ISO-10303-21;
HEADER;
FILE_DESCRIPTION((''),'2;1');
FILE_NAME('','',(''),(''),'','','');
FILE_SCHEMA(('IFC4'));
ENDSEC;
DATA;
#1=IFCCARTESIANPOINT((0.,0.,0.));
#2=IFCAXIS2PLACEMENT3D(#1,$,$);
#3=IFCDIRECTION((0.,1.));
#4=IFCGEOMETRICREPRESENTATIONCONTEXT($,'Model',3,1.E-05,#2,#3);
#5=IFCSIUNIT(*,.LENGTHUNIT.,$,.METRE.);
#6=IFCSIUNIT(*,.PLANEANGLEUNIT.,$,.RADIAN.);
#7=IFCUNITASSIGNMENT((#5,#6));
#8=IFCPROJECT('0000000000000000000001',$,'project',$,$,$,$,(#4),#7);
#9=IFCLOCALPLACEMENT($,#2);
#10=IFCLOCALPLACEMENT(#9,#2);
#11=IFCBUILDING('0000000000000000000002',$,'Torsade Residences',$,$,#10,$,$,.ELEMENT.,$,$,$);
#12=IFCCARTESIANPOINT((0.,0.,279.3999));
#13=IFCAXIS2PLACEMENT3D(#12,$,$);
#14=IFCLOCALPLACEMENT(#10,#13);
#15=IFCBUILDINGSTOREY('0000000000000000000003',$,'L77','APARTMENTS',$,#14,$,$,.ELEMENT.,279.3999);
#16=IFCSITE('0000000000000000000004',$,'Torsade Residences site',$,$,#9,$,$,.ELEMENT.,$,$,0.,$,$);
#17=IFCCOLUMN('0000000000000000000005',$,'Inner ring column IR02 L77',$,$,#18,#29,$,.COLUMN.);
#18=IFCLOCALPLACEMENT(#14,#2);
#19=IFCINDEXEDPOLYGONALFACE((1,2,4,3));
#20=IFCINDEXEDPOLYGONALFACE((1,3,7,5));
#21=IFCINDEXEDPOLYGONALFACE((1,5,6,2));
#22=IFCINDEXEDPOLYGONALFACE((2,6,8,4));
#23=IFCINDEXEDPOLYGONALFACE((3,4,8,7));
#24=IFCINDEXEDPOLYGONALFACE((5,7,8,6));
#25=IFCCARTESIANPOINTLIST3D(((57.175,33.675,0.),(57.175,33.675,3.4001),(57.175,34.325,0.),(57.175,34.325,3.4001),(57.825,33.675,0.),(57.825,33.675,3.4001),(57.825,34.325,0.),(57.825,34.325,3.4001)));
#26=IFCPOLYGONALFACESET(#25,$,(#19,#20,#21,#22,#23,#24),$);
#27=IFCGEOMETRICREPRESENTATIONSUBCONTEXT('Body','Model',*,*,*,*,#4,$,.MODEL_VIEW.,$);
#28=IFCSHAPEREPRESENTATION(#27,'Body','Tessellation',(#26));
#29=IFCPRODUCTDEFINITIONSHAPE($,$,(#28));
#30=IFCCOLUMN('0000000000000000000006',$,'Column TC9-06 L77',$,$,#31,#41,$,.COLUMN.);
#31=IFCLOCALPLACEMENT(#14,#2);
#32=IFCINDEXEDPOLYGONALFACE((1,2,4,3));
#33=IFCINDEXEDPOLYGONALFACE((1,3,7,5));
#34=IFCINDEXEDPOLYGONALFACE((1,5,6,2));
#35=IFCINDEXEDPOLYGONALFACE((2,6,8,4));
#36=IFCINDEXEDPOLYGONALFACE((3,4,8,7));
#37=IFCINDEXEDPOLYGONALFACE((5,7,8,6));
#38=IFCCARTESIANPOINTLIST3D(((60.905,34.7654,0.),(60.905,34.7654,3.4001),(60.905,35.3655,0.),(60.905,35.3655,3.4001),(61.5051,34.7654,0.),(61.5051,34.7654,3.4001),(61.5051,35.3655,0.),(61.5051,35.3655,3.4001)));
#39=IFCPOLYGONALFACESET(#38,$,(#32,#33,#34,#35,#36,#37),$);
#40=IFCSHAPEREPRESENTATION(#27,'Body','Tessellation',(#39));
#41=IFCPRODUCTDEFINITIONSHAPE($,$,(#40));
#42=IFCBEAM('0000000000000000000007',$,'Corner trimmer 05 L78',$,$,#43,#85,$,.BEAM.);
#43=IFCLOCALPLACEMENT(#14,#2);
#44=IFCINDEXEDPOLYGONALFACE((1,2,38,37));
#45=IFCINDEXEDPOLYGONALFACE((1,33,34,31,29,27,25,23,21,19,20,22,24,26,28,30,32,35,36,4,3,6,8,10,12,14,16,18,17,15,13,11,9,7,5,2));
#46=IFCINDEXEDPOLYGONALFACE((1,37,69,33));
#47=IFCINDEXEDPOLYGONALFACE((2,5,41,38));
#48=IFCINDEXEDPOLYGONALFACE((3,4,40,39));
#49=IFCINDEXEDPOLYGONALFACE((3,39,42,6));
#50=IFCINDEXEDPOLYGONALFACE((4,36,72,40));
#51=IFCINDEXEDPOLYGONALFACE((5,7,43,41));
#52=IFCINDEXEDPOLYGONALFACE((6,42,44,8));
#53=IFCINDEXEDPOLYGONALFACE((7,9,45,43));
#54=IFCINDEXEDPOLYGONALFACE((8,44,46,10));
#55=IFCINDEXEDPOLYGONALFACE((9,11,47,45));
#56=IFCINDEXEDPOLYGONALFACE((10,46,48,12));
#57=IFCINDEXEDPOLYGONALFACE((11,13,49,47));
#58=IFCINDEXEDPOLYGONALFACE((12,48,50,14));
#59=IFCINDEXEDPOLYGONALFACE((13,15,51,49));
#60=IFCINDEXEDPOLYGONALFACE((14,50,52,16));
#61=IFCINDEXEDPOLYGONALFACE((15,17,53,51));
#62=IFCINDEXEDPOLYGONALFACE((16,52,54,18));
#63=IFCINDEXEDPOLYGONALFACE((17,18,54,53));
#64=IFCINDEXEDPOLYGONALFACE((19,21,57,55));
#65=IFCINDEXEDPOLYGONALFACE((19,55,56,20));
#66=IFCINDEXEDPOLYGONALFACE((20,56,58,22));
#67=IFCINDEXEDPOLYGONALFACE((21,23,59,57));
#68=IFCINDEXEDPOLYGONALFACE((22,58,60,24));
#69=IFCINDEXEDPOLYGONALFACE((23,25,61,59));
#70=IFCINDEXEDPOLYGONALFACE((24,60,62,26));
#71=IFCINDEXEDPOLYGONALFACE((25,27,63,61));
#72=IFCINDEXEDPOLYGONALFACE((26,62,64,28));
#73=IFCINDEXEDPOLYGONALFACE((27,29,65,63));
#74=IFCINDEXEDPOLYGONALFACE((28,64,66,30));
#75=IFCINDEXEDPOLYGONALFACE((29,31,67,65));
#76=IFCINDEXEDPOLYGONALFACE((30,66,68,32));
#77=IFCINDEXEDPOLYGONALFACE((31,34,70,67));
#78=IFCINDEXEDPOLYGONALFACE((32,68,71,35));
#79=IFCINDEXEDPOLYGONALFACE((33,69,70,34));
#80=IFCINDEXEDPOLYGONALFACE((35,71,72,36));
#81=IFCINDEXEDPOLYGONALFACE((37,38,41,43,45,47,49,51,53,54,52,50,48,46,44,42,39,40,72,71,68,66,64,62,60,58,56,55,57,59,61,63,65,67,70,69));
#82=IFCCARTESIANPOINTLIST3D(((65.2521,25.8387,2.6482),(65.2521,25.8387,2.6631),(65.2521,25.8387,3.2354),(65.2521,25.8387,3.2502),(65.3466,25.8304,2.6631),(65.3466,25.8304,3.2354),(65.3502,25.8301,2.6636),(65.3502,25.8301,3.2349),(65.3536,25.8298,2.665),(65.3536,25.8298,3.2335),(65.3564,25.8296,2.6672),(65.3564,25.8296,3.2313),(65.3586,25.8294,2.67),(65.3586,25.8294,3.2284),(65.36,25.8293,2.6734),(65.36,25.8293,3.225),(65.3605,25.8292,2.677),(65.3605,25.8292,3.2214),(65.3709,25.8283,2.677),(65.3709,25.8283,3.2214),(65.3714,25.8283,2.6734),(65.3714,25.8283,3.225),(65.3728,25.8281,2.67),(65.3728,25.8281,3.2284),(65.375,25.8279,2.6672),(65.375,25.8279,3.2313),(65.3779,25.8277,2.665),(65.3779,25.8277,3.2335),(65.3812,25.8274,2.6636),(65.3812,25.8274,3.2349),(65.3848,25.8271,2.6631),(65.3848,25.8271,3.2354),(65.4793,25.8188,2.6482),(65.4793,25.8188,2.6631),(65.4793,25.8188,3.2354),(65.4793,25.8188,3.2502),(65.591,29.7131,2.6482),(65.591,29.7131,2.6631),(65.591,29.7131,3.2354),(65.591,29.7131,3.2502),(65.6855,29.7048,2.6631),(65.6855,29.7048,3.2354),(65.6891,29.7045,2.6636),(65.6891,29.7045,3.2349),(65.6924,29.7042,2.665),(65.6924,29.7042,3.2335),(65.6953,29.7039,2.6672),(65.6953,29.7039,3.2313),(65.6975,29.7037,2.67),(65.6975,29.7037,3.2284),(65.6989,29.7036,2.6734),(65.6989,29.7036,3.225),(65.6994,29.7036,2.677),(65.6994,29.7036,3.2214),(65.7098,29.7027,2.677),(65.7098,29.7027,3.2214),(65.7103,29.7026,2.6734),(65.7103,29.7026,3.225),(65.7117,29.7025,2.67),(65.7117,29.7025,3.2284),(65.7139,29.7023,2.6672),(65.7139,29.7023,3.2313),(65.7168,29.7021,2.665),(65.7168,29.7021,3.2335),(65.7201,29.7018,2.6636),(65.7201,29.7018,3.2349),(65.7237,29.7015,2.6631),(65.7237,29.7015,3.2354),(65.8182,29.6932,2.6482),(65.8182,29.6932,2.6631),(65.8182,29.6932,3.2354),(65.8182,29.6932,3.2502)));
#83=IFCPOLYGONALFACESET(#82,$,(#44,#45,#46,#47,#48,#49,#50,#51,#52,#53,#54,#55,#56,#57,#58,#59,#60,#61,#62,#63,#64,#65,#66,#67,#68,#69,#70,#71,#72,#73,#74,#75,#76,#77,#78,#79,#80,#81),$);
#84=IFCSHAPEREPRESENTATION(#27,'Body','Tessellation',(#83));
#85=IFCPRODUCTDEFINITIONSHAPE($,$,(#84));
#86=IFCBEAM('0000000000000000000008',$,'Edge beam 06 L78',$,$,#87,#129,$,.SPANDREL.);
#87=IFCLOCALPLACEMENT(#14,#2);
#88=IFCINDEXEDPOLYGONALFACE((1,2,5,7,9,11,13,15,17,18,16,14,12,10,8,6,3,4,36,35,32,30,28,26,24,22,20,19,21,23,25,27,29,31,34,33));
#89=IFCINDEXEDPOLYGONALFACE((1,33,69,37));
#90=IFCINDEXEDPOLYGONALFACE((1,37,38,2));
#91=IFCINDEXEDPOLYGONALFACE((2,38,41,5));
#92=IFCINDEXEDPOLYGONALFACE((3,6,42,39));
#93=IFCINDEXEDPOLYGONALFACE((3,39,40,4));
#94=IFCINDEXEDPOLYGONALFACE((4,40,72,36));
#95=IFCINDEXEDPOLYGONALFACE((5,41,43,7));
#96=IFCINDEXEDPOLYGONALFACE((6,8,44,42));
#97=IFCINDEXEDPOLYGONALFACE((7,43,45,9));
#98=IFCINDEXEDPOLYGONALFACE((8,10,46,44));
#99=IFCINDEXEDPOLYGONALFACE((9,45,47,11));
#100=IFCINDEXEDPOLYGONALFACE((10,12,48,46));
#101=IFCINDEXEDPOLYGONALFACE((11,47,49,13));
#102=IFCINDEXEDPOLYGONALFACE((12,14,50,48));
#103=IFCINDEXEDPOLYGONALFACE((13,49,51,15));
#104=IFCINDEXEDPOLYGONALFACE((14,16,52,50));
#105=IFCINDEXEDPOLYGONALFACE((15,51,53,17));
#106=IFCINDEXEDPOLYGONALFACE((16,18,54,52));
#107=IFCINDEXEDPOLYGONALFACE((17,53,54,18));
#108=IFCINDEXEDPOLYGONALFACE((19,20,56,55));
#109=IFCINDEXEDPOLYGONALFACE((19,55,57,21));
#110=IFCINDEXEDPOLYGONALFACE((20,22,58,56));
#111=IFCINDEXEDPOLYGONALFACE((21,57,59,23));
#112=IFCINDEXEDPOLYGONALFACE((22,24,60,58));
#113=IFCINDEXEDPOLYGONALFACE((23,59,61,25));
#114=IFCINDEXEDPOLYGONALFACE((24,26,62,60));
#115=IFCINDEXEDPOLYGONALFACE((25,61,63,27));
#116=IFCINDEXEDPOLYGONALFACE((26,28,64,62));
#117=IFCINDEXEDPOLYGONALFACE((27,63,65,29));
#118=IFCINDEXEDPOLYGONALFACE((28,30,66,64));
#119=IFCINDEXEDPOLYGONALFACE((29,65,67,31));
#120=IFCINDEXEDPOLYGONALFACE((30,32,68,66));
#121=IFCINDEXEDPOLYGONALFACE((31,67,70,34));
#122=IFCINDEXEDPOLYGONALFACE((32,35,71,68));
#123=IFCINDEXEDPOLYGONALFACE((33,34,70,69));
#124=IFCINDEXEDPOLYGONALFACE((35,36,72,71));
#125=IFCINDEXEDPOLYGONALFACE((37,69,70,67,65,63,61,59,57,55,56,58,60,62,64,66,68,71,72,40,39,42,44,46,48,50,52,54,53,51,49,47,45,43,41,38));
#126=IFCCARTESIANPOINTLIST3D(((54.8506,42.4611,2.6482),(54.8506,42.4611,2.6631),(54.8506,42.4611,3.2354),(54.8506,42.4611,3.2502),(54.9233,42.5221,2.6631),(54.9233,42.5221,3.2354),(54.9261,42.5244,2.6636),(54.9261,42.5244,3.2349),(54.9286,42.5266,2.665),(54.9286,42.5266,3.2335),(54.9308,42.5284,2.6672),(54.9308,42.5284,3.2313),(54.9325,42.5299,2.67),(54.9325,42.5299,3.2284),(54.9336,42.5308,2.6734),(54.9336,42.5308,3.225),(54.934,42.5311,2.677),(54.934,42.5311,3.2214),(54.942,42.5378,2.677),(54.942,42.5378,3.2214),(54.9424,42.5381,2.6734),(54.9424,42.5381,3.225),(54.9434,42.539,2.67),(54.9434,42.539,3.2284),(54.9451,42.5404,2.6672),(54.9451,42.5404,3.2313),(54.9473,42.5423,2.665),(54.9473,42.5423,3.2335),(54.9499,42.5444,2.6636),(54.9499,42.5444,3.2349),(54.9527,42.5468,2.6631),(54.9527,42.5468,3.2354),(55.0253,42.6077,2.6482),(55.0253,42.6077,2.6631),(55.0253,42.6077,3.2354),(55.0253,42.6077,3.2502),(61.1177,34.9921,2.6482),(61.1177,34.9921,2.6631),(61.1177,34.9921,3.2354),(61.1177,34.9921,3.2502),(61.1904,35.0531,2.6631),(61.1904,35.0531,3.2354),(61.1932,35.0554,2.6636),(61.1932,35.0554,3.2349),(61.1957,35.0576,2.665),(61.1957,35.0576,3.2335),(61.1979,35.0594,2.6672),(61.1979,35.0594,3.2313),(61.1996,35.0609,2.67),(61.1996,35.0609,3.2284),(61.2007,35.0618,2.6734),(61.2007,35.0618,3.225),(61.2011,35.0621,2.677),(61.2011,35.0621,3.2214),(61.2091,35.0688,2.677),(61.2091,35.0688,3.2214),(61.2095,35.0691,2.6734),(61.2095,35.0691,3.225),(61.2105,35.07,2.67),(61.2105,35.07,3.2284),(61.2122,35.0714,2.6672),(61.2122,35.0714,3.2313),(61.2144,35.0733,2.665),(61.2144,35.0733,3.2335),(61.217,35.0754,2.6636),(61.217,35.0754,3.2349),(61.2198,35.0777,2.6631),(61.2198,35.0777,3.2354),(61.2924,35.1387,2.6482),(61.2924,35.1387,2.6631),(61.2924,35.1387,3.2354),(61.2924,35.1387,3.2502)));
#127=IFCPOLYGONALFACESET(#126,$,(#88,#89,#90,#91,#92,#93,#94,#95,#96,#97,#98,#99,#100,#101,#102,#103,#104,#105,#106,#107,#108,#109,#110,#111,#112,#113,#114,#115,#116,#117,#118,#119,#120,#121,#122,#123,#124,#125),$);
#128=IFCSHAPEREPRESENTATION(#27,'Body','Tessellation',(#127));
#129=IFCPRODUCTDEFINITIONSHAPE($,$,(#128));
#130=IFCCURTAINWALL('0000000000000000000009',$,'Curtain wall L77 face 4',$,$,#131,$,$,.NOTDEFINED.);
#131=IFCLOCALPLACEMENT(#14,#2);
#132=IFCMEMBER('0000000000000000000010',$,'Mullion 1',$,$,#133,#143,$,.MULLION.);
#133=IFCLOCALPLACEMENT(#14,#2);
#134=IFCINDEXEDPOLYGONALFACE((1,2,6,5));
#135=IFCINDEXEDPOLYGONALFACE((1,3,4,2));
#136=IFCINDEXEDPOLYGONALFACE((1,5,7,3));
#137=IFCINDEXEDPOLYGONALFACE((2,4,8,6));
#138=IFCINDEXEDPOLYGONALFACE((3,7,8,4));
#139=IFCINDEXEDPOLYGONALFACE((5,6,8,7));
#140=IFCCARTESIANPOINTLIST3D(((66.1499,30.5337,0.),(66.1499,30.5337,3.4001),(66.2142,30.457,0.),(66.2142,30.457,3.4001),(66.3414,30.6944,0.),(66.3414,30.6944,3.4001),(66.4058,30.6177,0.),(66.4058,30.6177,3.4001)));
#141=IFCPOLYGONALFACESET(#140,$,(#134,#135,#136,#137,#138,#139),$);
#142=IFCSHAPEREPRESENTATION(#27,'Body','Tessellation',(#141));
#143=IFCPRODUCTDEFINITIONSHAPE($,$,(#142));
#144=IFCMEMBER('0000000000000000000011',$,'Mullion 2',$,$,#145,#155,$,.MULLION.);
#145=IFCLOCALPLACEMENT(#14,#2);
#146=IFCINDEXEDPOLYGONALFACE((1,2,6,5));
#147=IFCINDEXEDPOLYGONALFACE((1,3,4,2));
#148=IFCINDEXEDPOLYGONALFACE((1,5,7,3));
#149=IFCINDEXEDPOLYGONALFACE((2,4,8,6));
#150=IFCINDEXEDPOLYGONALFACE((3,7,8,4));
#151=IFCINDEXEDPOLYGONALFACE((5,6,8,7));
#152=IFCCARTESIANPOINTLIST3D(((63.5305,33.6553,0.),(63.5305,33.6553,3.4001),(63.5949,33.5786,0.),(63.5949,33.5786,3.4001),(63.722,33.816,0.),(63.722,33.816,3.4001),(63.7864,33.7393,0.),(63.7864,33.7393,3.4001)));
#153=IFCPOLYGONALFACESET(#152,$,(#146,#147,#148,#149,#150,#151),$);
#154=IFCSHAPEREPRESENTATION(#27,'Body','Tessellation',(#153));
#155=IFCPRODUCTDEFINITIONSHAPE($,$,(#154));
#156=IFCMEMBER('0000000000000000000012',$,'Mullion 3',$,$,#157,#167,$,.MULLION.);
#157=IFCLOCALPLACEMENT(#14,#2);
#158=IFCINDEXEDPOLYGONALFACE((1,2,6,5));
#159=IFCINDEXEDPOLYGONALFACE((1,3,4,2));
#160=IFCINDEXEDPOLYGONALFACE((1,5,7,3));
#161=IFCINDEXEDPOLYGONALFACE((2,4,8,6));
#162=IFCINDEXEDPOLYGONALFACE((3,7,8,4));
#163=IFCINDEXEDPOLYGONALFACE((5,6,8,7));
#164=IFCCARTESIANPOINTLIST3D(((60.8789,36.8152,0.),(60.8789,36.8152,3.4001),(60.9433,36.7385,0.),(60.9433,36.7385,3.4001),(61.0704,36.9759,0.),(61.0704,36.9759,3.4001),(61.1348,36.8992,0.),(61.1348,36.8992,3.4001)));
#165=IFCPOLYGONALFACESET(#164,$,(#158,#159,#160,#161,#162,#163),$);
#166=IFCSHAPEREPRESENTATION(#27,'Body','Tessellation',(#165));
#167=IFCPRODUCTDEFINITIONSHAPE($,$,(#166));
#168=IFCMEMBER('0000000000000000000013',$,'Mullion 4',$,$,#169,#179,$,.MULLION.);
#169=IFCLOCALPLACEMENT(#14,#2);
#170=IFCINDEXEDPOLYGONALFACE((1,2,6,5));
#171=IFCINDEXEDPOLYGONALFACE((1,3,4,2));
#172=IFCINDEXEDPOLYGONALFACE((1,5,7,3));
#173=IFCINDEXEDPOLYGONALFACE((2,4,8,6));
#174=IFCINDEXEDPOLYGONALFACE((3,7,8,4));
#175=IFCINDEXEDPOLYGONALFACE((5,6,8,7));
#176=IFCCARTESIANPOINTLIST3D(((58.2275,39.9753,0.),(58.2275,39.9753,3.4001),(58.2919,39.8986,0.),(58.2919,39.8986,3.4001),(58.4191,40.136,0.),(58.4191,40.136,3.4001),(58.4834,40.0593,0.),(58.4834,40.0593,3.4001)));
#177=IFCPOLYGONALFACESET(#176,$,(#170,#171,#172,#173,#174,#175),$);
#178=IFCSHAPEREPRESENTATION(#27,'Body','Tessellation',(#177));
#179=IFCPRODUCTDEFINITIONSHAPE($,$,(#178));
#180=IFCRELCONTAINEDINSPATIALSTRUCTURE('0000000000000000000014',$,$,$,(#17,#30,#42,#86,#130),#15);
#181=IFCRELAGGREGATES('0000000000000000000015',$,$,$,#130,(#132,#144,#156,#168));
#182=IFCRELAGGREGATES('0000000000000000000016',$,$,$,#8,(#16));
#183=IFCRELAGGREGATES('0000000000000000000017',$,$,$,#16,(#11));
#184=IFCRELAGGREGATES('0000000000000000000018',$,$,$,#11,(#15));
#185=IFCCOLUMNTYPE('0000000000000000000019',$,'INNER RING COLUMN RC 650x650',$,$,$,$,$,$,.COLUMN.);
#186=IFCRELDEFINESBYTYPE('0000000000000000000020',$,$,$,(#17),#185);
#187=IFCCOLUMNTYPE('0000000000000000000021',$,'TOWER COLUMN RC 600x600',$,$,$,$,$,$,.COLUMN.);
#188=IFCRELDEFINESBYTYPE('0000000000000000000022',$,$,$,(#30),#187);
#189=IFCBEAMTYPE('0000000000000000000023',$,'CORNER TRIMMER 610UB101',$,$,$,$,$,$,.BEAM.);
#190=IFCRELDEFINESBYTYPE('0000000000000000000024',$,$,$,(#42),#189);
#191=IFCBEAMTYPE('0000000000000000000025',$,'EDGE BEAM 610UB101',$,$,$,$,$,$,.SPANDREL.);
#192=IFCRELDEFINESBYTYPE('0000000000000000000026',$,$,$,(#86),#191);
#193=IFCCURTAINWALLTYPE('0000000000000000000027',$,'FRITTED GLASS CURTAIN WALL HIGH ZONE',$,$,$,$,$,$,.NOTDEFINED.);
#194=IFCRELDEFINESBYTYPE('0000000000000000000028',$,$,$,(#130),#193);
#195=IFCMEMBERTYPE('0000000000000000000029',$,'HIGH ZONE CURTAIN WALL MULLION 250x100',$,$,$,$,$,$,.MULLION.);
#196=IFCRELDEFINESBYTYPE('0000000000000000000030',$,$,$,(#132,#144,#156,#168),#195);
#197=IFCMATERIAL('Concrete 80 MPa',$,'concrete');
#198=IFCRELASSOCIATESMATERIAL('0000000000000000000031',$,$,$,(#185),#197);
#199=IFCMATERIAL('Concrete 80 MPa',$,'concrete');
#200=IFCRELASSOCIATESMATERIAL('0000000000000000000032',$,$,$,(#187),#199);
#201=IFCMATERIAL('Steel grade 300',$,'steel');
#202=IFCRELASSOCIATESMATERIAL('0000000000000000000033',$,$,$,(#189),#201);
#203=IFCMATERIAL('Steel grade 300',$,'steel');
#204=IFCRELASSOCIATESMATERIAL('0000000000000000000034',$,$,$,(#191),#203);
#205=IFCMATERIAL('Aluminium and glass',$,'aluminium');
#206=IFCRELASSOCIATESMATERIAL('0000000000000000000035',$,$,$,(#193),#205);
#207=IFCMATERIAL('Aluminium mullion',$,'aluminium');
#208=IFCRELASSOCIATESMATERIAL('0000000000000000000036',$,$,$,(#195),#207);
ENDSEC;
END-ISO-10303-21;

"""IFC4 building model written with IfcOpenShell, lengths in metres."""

from ifc_helpers import new_model, si_unit, direction, frame, origin, origin_2d, place, context, subcontext, project, spatial, rectangle, i_section, extrude, material, material_profile, profile_set, type_object, element, aggregate, save


model = new_model("IFC4")

# Units and contexts
model_context = context("Model", 3, precision=1e-05, world=origin(), true_north=direction((0.0, 1.0)))
body_context = subcontext(model_context, "Body", "Model", "MODEL_VIEW")
ifc_project = project(units=[si_unit("LENGTHUNIT", "METRE"), si_unit("PLANEANGLEUNIT", "RADIAN")], contexts=[model_context])

# Site, building, storey
site_placement = place(None, origin())
site = spatial("IfcSite", under=ifc_project, at=site_placement, Name="Torsade Residences site", CompositionType="ELEMENT", RefElevation=0.0)
building_placement = place(site_placement, origin())
building = spatial("IfcBuilding", under=site, at=building_placement, Name="Torsade Residences", CompositionType="ELEMENT")
storey_placement = place(building_placement, frame((0.0, 0.0, 279.3999)))
storey = spatial("IfcBuildingStorey", under=building, at=storey_placement, Name="L77", Description="APARTMENTS", CompositionType="ELEMENT", Elevation=279.3999)

# Columns
ifc_material_1 = material(Name="Concrete 80 MPa", Category="concrete")
ifc_material_profile_1 = material_profile(ifc_material_1, rectangle(XDim=0.6499, YDim=0.6499, at=origin_2d()), Name="RC 650x650")
ifc_profile_set_1 = profile_set([ifc_material_profile_1], Name="Concrete 80 MPa")
column_type_1 = type_object("IfcColumnType", Name="INNER RING COLUMN RC 650x650", PredefinedType="COLUMN", material=ifc_profile_set_1)
column_1_placement = place(storey_placement, frame((57.5, 34.0, 0.0), z_axis=(0.0, 0.0, 1.0), x_axis=(1.0, 0.0, 0.0)))
element("IfcColumn", 1, at=column_1_placement, inside=storey, type_object=column_type_1, Name="Inner ring column IR02 L77", PredefinedType="COLUMN", context=body_context, shape_type="SweptSolid", body=[
    extrude(rectangle(XDim=0.6499, YDim=0.6499, at=origin_2d()), origin(), (0.0, 0.0, 1.0), 3.4001),
])
ifc_material_2 = material(Name="Concrete 80 MPa", Category="concrete")
ifc_material_profile_2 = material_profile(ifc_material_2, rectangle(XDim=0.6001, YDim=0.6001, at=origin_2d()), Name="RC 600x600")
ifc_profile_set_2 = profile_set([ifc_material_profile_2], Name="Concrete 80 MPa")
column_type_2 = type_object("IfcColumnType", Name="TOWER COLUMN RC 600x600", PredefinedType="COLUMN", material=ifc_profile_set_2)
column_2_placement = place(storey_placement, frame((61.2051, 35.0654, 0.0), z_axis=(0.0, 0.0, 1.0), x_axis=(1.0, 0.0, 0.0)))
element("IfcColumn", 2, at=column_2_placement, inside=storey, type_object=column_type_2, Name="Column TC9-06 L77", PredefinedType="COLUMN", context=body_context, shape_type="SweptSolid", body=[
    extrude(rectangle(XDim=0.6001, YDim=0.6001, at=origin_2d()), origin(), (0.0, 0.0, 1.0), 3.4001),
])

# Beams
ifc_material_3 = material(Name="Steel grade 300", Category="steel")
ifc_material_profile_3 = material_profile(ifc_material_3, i_section(OverallWidth=0.228, OverallDepth=0.6021, WebThickness=0.0105, FlangeThickness=0.0149, FilletRadius=0.0139, at=origin_2d()), Name="610UB101")
ifc_profile_set_3 = profile_set([ifc_material_profile_3], Name="Steel grade 300")
beam_type_1 = type_object("IfcBeamType", Name="CORNER TRIMMER 610UB101", PredefinedType="BEAM", material=ifc_profile_set_3)
beam_1_placement = place(storey_placement, frame((65.7046, 29.7031, 2.9492), z_axis=(-0.087133, -0.996197, 0.0), x_axis=(0.996197, -0.087133, 0.0)))
element("IfcBeam", 3, at=beam_1_placement, inside=storey, type_object=beam_type_1, Name="Corner trimmer 05 L78", PredefinedType="BEAM", context=body_context, shape_type="SweptSolid", body=[
    extrude(i_section(OverallWidth=0.228, OverallDepth=0.6021, WebThickness=0.0105, FlangeThickness=0.0149, FilletRadius=0.0139, at=origin_2d()), origin(), (0.0, 0.0, 1.0), 3.8892),
])
ifc_material_4 = material(Name="Steel grade 300", Category="steel")
ifc_material_profile_4 = material_profile(ifc_material_4, i_section(OverallWidth=0.228, OverallDepth=0.6021, WebThickness=0.0105, FlangeThickness=0.0149, FilletRadius=0.0139, at=origin_2d()), Name="610UB101")
ifc_profile_set_4 = profile_set([ifc_material_profile_4], Name="Steel grade 300")
beam_type_2 = type_object("IfcBeamType", Name="EDGE BEAM 610UB101", PredefinedType="SPANDREL", material=ifc_profile_set_4)
beam_2_placement = place(storey_placement, frame((61.2051, 35.0654, 2.9492), z_axis=(-0.642779, 0.766052, 0.0), x_axis=(-0.766052, -0.642779, 0.0)))
element("IfcBeam", 4, at=beam_2_placement, inside=storey, type_object=beam_type_2, Name="Edge beam 06 L78", PredefinedType="SPANDREL", context=body_context, shape_type="SweptSolid", body=[
    extrude(i_section(OverallWidth=0.228, OverallDepth=0.6021, WebThickness=0.0105, FlangeThickness=0.0149, FilletRadius=0.0139, at=origin_2d()), origin(), (0.0, 0.0, 1.0), 9.75),
])

# Curtain wall, members
ifc_material_5 = material(Name="Aluminium and glass", Category="aluminium")
curtain_wall_type = type_object("IfcCurtainWallType", Name="FRITTED GLASS CURTAIN WALL HIGH ZONE", PredefinedType="NOTDEFINED", material=ifc_material_5)
curtain_wall_placement = place(storey_placement, origin())
curtain_wall = element("IfcCurtainWall", 5, at=curtain_wall_placement, inside=storey, type_object=curtain_wall_type, Name="Curtain wall L77 face 4", PredefinedType="NOTDEFINED")
ifc_material_6 = material(Name="Aluminium mullion", Category="aluminium")
ifc_material_profile_5 = material_profile(ifc_material_6, rectangle(XDim=0.25, YDim=0.1001, at=origin_2d()), Name="HIGH ZONE CURTAIN WALL MULLION 250x100")
ifc_profile_set_5 = profile_set([ifc_material_profile_5], Name="Aluminium mullion")
member_type_1 = type_object("IfcMemberType", Name="HIGH ZONE CURTAIN WALL MULLION 250x100", PredefinedType="MULLION", material=ifc_profile_set_5)
member_1_placement = place(storey_placement, frame((66.2778, 30.5757, 0.0), z_axis=(0.0, 0.0, 1.0), x_axis=(-0.766044, -0.642788, 0.0)))
member_1 = element("IfcMember", 6, at=member_1_placement, type_object=member_type_1, Name="Mullion 1", PredefinedType="MULLION", context=body_context, shape_type="SweptSolid", body=[
    extrude(rectangle(XDim=0.25, YDim=0.1001, at=origin_2d()), origin(), (0.0, 0.0, 1.0), 3.4001),
])
member_2_placement = place(storey_placement, frame((63.6584, 33.6973, 0.0), z_axis=(0.0, 0.0, 1.0), x_axis=(-0.766044, -0.642788, 0.0)))
member_2 = element("IfcMember", 7, at=member_2_placement, type_object=member_type_1, Name="Mullion 2", PredefinedType="MULLION", context=body_context, shape_type="SweptSolid", body=[
    extrude(rectangle(XDim=0.25, YDim=0.1001, at=origin_2d()), origin(), (0.0, 0.0, 1.0), 3.4001),
])
member_3_placement = place(storey_placement, frame((61.0068, 36.8572, 0.0), z_axis=(0.0, 0.0, 1.0), x_axis=(-0.766044, -0.642788, 0.0)))
member_3 = element("IfcMember", 8, at=member_3_placement, type_object=member_type_1, Name="Mullion 3", PredefinedType="MULLION", context=body_context, shape_type="SweptSolid", body=[
    extrude(rectangle(XDim=0.25, YDim=0.1001, at=origin_2d()), origin(), (0.0, 0.0, 1.0), 3.4001),
])
member_4_placement = place(storey_placement, frame((58.3555, 40.0173, 0.0), z_axis=(0.0, 0.0, 1.0), x_axis=(-0.766044, -0.642788, 0.0)))
member_4 = element("IfcMember", 9, at=member_4_placement, type_object=member_type_1, Name="Mullion 4", PredefinedType="MULLION", context=body_context, shape_type="SweptSolid", body=[
    extrude(rectangle(XDim=0.25, YDim=0.1001, at=origin_2d()), origin(), (0.0, 0.0, 1.0), 3.4001),
])

aggregate(curtain_wall, [member_1, member_2, member_3, member_4])

save(model, "model.ifc")
